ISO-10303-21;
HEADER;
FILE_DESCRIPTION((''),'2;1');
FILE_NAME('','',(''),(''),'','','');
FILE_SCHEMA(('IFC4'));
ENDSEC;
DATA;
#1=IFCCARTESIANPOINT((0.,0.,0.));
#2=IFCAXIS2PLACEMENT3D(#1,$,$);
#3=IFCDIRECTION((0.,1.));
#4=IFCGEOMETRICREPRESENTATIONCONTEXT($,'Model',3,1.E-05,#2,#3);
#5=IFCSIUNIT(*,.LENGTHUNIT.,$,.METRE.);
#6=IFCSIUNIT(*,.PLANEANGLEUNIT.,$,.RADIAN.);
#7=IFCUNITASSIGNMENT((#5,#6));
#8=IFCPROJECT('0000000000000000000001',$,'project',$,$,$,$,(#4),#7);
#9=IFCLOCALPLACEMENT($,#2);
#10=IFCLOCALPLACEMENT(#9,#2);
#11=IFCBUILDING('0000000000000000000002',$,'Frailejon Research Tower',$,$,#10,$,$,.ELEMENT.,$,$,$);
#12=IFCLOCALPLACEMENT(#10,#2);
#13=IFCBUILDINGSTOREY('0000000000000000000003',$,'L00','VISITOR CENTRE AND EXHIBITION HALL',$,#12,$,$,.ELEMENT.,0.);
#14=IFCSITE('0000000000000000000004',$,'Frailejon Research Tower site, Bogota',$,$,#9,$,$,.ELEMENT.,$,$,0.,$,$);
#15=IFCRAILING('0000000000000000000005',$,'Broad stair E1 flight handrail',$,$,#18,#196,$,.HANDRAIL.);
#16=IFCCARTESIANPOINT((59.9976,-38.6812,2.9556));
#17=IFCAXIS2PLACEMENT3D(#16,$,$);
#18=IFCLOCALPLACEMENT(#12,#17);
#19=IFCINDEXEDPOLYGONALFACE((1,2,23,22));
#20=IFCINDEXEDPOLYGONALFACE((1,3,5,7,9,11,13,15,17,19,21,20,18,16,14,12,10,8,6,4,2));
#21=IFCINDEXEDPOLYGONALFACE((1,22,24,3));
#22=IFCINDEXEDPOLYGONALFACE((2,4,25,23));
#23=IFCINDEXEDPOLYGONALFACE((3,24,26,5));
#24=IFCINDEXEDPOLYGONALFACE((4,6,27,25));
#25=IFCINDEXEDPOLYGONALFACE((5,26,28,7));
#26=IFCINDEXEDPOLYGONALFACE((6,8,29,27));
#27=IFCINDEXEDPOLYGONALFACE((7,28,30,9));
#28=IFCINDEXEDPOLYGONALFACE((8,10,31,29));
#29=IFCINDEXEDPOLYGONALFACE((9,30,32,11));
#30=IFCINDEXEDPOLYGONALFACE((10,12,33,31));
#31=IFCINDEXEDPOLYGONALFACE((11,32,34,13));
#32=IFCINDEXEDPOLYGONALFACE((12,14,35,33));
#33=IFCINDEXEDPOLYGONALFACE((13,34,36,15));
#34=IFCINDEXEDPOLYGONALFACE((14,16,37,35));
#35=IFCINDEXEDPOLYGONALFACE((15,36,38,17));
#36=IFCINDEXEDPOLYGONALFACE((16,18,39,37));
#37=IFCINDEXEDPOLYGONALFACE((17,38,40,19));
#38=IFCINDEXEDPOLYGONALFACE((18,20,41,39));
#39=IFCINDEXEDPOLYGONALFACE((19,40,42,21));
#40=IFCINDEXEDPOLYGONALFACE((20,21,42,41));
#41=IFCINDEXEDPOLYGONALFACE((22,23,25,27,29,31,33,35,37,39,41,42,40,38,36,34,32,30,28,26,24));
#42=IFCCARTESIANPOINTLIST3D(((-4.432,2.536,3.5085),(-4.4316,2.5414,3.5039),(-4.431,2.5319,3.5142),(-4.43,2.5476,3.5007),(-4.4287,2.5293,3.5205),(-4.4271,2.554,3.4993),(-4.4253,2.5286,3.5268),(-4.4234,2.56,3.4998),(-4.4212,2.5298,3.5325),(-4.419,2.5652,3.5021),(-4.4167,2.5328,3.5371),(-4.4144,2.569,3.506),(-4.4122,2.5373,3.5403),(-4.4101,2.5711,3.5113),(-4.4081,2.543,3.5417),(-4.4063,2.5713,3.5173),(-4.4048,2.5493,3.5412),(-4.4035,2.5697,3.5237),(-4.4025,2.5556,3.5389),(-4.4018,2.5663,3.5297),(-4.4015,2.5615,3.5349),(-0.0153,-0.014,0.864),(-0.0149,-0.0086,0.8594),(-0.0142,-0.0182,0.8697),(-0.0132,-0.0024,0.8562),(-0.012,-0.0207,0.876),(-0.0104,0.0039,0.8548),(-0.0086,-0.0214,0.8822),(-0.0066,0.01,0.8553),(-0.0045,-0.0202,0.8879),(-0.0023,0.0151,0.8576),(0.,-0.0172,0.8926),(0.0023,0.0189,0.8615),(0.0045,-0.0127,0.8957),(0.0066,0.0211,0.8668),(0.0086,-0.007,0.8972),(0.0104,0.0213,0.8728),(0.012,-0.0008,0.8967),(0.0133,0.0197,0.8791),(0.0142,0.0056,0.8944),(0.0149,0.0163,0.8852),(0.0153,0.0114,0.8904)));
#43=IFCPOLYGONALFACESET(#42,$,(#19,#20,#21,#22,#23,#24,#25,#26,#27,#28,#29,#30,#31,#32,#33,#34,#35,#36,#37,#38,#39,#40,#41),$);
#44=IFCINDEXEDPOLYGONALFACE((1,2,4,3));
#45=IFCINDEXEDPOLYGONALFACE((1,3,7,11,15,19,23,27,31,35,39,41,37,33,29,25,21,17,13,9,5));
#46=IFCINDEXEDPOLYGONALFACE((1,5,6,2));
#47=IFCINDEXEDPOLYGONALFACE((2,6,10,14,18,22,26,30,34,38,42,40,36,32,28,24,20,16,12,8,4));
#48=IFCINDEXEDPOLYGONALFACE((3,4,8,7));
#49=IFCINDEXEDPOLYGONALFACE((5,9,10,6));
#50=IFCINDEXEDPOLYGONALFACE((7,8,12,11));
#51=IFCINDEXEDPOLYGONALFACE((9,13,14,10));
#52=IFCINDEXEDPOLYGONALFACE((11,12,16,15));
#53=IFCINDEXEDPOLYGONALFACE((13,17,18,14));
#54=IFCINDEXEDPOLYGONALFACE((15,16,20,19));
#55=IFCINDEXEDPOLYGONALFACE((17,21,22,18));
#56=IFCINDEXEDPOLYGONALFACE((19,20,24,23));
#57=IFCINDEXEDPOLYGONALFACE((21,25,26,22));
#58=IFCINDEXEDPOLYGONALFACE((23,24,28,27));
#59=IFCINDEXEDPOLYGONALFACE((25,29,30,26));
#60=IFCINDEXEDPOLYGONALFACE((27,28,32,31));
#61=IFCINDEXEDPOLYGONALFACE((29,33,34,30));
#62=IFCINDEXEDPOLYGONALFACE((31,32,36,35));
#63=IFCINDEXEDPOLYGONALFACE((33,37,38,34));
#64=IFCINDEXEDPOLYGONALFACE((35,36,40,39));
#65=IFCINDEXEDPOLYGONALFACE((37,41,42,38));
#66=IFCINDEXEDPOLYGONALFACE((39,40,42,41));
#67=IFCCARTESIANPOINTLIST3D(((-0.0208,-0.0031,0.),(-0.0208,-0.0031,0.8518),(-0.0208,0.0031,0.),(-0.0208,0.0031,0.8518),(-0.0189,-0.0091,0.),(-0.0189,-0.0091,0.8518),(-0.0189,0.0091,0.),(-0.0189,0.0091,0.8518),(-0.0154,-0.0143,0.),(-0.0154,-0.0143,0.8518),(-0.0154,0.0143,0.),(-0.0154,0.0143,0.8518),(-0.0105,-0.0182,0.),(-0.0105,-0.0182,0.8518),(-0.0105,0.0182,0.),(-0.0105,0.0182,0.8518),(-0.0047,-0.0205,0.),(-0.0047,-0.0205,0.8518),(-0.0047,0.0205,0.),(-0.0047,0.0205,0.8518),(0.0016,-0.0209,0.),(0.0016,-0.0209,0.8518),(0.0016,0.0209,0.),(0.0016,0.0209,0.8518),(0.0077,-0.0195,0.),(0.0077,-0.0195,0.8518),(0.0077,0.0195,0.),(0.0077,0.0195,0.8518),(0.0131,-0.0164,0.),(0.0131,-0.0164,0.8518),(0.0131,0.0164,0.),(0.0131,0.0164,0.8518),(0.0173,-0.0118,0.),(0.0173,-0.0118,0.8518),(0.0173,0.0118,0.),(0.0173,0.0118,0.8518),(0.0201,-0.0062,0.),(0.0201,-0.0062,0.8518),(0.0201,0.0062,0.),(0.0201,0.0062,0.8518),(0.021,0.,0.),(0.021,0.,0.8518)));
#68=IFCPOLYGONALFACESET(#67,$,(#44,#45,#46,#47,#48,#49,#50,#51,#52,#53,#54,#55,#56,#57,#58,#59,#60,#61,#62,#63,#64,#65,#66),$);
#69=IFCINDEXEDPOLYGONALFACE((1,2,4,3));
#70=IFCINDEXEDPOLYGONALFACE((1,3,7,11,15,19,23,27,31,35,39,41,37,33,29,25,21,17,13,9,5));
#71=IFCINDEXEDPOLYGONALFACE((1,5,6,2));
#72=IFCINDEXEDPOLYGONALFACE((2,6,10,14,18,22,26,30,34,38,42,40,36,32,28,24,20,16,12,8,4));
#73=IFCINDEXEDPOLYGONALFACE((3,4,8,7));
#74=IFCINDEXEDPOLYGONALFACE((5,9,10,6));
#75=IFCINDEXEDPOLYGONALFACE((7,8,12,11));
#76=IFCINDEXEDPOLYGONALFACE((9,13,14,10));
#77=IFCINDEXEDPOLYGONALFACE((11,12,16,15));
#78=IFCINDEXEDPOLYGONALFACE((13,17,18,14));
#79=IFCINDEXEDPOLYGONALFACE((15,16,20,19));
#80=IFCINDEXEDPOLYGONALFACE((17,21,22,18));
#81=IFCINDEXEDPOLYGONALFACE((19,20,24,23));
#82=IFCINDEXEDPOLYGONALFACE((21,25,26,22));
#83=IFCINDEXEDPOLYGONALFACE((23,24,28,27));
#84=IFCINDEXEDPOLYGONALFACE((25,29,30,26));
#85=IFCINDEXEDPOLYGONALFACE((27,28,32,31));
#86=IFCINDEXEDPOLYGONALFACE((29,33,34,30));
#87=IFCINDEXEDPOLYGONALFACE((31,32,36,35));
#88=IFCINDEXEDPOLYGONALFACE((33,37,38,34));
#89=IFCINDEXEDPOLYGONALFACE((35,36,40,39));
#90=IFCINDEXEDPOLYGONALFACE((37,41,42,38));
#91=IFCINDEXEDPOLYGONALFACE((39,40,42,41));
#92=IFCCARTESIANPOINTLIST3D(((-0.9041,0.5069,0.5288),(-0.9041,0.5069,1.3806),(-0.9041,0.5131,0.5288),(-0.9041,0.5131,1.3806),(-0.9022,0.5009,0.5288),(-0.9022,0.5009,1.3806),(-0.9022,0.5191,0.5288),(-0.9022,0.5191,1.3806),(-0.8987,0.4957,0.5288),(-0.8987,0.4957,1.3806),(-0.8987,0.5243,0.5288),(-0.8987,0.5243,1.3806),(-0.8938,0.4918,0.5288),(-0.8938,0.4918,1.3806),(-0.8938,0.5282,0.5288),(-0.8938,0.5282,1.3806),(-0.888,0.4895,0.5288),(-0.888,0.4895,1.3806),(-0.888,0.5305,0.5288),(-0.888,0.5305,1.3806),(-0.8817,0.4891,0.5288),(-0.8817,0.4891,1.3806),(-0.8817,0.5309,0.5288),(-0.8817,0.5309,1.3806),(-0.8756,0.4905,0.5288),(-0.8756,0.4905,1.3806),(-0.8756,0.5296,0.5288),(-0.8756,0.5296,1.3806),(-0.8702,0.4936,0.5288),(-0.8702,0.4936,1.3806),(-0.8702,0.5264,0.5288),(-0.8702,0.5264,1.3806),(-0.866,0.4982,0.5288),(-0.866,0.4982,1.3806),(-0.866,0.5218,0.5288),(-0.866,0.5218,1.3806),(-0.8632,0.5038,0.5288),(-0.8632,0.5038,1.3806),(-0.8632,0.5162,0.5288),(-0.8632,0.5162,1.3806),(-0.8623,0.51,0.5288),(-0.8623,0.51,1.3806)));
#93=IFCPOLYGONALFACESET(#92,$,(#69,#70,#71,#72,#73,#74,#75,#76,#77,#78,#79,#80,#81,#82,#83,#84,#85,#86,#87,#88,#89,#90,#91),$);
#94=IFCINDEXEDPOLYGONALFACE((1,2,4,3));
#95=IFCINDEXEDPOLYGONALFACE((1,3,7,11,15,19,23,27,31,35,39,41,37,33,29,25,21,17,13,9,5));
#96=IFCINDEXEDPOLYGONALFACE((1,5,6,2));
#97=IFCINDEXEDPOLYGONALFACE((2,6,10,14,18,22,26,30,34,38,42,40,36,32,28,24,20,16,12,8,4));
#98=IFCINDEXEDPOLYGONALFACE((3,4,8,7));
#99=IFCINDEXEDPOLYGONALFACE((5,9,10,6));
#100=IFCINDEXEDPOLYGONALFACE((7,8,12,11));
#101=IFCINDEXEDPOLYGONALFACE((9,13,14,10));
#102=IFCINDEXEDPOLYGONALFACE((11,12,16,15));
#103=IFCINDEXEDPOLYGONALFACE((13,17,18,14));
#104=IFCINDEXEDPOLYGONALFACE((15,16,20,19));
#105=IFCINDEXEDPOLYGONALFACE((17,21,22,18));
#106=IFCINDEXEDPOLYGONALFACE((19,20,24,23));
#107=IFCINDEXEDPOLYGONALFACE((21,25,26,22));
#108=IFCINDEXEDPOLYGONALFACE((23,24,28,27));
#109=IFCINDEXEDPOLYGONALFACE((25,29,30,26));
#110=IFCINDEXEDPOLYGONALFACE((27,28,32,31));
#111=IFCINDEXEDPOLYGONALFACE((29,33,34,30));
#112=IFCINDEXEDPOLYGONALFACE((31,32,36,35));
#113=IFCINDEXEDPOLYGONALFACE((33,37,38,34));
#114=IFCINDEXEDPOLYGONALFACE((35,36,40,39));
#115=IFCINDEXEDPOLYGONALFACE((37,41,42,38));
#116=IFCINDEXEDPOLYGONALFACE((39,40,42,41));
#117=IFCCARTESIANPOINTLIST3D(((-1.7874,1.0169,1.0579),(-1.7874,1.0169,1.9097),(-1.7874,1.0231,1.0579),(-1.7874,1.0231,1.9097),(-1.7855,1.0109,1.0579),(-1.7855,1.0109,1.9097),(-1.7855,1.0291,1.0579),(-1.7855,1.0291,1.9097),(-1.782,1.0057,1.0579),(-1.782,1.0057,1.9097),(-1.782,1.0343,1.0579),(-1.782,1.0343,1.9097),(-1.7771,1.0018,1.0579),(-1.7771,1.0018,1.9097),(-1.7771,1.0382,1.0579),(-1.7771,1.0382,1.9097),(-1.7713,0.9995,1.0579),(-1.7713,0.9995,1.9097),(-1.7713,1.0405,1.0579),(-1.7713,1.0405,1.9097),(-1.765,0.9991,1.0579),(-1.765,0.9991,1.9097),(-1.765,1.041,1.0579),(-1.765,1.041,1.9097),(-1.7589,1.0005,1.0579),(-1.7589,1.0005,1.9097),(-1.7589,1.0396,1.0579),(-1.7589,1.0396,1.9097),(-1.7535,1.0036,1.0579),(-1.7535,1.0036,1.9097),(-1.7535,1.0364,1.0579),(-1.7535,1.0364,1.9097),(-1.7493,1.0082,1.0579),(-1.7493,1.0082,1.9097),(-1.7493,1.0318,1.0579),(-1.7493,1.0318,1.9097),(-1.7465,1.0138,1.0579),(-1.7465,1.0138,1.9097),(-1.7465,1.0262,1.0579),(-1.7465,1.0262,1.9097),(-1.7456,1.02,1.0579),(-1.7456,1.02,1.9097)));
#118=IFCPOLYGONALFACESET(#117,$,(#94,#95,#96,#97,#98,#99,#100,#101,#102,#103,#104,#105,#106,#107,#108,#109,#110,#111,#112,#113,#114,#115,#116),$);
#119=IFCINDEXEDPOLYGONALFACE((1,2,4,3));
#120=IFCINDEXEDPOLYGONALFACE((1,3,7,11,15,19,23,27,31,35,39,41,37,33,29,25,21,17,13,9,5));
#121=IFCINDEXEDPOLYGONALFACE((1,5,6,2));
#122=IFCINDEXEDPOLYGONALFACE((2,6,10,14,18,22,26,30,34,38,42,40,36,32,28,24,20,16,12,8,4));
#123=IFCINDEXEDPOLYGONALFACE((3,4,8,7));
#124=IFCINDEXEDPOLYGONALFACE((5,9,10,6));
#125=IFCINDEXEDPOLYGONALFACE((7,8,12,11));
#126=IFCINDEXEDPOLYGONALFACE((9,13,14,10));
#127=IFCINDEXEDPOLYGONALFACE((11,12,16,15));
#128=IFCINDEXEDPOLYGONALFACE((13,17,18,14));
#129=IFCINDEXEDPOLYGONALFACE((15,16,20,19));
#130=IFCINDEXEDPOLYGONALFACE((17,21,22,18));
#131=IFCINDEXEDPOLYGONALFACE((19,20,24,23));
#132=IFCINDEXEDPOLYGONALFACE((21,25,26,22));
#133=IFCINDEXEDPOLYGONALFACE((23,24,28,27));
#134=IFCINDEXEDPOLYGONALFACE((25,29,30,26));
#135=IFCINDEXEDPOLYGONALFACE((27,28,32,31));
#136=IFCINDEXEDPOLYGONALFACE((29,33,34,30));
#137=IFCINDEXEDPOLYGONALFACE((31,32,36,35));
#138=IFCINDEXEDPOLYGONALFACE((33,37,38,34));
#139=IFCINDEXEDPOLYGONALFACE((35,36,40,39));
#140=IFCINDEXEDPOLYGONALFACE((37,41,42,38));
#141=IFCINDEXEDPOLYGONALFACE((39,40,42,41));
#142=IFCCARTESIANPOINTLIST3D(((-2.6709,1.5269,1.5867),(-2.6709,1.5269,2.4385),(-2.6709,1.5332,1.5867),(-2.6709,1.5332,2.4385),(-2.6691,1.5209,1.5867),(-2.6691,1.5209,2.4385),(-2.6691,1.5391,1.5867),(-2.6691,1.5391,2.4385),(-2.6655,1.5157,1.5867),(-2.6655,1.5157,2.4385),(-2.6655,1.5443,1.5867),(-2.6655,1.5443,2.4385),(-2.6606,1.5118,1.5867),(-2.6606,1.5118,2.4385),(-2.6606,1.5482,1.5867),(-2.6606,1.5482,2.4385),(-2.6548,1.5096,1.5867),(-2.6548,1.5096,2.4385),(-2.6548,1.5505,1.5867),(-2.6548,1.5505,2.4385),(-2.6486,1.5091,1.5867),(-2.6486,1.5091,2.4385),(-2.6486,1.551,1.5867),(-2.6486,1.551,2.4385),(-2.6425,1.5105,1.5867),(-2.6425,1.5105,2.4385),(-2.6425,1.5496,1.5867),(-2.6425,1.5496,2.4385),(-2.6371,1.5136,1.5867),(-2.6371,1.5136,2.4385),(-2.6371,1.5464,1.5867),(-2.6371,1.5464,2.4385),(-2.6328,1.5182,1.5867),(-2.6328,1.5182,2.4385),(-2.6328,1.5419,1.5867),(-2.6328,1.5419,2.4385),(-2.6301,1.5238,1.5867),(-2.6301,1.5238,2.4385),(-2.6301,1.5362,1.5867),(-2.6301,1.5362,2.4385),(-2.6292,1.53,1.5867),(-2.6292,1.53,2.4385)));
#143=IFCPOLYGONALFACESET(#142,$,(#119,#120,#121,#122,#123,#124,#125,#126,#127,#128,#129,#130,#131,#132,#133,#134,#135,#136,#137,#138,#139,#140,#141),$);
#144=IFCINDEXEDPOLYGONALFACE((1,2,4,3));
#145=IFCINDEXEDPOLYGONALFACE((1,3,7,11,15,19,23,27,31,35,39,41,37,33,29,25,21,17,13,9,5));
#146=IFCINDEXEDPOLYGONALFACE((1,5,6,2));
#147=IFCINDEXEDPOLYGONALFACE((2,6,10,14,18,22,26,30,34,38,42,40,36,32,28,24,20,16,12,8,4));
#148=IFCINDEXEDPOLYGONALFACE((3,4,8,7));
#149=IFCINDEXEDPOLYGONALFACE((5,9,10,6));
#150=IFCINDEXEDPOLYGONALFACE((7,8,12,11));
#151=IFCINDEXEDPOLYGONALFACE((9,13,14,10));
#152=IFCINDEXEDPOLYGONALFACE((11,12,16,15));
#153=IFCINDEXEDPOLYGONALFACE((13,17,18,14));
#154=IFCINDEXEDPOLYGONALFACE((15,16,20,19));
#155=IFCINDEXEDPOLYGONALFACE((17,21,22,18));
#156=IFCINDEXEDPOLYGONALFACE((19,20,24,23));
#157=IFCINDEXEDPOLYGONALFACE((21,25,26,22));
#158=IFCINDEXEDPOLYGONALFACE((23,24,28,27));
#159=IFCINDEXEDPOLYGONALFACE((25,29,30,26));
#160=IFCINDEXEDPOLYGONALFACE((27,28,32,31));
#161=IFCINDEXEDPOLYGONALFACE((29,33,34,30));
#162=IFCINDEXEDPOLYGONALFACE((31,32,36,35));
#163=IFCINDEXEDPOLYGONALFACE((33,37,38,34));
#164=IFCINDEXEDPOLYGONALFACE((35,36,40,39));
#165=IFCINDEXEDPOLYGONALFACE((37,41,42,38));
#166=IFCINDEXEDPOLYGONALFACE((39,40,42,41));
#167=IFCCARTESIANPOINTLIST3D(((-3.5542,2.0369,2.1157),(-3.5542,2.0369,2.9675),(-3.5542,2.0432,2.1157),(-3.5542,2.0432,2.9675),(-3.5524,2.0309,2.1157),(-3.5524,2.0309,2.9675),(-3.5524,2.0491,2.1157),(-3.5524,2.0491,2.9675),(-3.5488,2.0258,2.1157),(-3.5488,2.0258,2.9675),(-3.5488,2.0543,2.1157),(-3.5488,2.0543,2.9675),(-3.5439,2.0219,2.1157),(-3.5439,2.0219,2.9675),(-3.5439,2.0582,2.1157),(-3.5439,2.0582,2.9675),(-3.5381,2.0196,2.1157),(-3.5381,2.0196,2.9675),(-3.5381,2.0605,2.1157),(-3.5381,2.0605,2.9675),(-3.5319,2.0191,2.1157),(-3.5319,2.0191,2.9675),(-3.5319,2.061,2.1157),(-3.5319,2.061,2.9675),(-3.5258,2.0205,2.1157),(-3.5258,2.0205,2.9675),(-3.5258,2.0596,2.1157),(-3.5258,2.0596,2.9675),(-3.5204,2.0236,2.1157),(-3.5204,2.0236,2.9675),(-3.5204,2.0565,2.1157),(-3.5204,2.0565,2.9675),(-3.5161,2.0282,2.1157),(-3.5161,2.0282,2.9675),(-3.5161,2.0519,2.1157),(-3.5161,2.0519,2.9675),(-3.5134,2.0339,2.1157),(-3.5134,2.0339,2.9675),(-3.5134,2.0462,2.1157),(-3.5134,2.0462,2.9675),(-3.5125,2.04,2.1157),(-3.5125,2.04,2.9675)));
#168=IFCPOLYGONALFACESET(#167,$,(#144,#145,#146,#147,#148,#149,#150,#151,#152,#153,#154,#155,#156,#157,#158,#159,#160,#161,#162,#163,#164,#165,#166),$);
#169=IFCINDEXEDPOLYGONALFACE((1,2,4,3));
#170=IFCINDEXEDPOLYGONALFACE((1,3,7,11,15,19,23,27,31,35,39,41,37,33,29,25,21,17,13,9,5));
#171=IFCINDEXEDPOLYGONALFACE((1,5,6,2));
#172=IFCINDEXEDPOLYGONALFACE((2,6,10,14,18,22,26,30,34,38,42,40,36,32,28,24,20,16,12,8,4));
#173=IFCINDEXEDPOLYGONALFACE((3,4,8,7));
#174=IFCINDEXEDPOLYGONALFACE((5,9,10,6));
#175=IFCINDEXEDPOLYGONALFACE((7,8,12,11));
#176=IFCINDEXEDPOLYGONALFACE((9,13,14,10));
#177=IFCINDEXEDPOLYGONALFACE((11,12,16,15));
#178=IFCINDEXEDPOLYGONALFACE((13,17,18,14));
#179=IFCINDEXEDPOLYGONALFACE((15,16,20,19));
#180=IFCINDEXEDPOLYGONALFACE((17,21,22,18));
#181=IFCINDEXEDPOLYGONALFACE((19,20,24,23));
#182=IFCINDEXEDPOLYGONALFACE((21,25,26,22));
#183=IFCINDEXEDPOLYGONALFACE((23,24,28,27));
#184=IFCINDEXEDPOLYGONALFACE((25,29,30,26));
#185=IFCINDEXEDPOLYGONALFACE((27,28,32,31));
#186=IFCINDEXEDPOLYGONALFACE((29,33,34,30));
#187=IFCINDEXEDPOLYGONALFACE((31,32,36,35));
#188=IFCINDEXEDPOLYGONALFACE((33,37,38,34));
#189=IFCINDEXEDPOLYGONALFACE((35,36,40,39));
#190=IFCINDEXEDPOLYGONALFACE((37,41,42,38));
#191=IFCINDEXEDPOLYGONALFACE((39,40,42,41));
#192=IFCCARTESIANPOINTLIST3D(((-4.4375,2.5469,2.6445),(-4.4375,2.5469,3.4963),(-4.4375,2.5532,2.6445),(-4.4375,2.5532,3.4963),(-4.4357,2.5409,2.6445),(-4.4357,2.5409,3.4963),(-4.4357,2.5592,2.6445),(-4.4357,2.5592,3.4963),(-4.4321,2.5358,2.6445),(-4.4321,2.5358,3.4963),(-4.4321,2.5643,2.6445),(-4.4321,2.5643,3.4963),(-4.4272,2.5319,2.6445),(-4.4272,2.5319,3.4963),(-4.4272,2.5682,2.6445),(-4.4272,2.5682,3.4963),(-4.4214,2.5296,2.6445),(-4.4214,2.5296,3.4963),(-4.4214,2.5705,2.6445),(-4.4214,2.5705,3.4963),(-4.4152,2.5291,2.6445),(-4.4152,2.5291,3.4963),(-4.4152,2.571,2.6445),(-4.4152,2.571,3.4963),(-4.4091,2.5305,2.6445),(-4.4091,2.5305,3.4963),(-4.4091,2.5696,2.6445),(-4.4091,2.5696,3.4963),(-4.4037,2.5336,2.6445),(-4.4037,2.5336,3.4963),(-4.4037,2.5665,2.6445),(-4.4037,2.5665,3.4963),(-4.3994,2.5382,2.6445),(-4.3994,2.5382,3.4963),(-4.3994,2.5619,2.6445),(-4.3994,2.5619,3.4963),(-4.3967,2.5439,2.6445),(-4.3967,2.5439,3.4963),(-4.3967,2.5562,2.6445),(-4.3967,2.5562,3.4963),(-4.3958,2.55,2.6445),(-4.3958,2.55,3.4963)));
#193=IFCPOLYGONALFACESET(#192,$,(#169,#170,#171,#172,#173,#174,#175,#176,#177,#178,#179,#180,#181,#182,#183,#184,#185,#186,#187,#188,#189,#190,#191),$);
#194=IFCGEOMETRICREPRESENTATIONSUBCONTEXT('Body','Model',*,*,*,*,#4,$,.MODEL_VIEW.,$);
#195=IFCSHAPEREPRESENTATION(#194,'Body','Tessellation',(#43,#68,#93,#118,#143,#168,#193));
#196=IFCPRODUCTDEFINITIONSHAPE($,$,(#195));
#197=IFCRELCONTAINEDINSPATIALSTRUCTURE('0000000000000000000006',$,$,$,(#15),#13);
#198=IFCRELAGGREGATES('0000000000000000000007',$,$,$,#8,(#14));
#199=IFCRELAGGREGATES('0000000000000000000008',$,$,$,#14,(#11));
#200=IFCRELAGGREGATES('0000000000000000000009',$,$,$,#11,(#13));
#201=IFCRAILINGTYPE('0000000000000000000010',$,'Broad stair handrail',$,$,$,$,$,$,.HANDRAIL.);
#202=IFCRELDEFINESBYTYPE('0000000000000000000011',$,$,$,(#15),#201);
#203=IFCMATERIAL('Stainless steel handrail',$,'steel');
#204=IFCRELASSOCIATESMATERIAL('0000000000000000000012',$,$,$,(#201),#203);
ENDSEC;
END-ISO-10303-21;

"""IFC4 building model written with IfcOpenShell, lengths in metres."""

from ifc_helpers import new_model, si_unit, direction, frame, origin, origin_2d, place, context, subcontext, project, spatial, circle, extrude, material, type_object, element, save


model = new_model("IFC4")

# Units and contexts
model_context = context("Model", 3, precision=1e-05, world=origin(), true_north=direction((0.0, 1.0)))
body_context = subcontext(model_context, "Body", "Model", "MODEL_VIEW")
ifc_project = project(units=[si_unit("LENGTHUNIT", "METRE"), si_unit("PLANEANGLEUNIT", "RADIAN")], contexts=[model_context])

# Site, building, storey
site_placement = place(None, origin())
site = spatial("IfcSite", under=ifc_project, at=site_placement, Name="Frailejon Research Tower site, Bogota", CompositionType="ELEMENT", RefElevation=0.0)
building_placement = place(site_placement, origin())
building = spatial("IfcBuilding", under=site, at=building_placement, Name="Frailejon Research Tower", CompositionType="ELEMENT")
storey_placement = place(building_placement, origin())
storey = spatial("IfcBuildingStorey", under=building, at=storey_placement, Name="L00", Description="VISITOR CENTRE AND EXHIBITION HALL", CompositionType="ELEMENT", Elevation=0.0)

# Railing
ifc_material_1 = material(Name="Stainless steel handrail", Category="steel")
railing_type_1 = type_object("IfcRailingType", Name="Broad stair handrail", PredefinedType="HANDRAIL", material=ifc_material_1)
for number, where, name in (
    (1, (59.9976, -38.6812, 2.9556), "Broad stair E1 flight handrail"),
):
    element("IfcRailing", number, at=place(storey_placement, frame(where)), inside=storey, type_object=railing_type_1, Name=name, PredefinedType="HANDRAIL", context=body_context, shape_type="SweptSolid", body=[
        extrude(circle(Radius=0.0239, at=origin_2d()), frame((0.0, 0.0, 0.876), z_axis=(-0.768811, 0.44388, 0.460326), x_axis=(-0.500006, -0.866022, 0.0)), (0.0, 0.0, 1.0), 5.7449),
        extrude(circle(Radius=0.021, at=origin_2d()), origin(), (0.0, 0.0, 1.0), 0.8518),
        extrude(circle(Radius=0.021, at=origin_2d()), frame((-0.8833, 0.51, 0.5288)), (0.0, 0.0, 1.0), 0.8518),
        extrude(circle(Radius=0.021, at=origin_2d()), frame((-1.7666, 1.02, 1.0579)), (0.0, 0.0, 1.0), 0.8518),
        extrude(circle(Radius=0.021, at=origin_2d()), frame((-2.6501, 1.53, 1.5867)), (0.0, 0.0, 1.0), 0.8518),
        extrude(circle(Radius=0.021, at=origin_2d()), frame((-3.5334, 2.04, 2.1157)), (0.0, 0.0, 1.0), 0.8518),
        extrude(circle(Radius=0.021, at=origin_2d()), frame((-4.4167, 2.55, 2.6445)), (0.0, 0.0, 1.0), 0.8518),
    ])

save(model, "model.ifc")
